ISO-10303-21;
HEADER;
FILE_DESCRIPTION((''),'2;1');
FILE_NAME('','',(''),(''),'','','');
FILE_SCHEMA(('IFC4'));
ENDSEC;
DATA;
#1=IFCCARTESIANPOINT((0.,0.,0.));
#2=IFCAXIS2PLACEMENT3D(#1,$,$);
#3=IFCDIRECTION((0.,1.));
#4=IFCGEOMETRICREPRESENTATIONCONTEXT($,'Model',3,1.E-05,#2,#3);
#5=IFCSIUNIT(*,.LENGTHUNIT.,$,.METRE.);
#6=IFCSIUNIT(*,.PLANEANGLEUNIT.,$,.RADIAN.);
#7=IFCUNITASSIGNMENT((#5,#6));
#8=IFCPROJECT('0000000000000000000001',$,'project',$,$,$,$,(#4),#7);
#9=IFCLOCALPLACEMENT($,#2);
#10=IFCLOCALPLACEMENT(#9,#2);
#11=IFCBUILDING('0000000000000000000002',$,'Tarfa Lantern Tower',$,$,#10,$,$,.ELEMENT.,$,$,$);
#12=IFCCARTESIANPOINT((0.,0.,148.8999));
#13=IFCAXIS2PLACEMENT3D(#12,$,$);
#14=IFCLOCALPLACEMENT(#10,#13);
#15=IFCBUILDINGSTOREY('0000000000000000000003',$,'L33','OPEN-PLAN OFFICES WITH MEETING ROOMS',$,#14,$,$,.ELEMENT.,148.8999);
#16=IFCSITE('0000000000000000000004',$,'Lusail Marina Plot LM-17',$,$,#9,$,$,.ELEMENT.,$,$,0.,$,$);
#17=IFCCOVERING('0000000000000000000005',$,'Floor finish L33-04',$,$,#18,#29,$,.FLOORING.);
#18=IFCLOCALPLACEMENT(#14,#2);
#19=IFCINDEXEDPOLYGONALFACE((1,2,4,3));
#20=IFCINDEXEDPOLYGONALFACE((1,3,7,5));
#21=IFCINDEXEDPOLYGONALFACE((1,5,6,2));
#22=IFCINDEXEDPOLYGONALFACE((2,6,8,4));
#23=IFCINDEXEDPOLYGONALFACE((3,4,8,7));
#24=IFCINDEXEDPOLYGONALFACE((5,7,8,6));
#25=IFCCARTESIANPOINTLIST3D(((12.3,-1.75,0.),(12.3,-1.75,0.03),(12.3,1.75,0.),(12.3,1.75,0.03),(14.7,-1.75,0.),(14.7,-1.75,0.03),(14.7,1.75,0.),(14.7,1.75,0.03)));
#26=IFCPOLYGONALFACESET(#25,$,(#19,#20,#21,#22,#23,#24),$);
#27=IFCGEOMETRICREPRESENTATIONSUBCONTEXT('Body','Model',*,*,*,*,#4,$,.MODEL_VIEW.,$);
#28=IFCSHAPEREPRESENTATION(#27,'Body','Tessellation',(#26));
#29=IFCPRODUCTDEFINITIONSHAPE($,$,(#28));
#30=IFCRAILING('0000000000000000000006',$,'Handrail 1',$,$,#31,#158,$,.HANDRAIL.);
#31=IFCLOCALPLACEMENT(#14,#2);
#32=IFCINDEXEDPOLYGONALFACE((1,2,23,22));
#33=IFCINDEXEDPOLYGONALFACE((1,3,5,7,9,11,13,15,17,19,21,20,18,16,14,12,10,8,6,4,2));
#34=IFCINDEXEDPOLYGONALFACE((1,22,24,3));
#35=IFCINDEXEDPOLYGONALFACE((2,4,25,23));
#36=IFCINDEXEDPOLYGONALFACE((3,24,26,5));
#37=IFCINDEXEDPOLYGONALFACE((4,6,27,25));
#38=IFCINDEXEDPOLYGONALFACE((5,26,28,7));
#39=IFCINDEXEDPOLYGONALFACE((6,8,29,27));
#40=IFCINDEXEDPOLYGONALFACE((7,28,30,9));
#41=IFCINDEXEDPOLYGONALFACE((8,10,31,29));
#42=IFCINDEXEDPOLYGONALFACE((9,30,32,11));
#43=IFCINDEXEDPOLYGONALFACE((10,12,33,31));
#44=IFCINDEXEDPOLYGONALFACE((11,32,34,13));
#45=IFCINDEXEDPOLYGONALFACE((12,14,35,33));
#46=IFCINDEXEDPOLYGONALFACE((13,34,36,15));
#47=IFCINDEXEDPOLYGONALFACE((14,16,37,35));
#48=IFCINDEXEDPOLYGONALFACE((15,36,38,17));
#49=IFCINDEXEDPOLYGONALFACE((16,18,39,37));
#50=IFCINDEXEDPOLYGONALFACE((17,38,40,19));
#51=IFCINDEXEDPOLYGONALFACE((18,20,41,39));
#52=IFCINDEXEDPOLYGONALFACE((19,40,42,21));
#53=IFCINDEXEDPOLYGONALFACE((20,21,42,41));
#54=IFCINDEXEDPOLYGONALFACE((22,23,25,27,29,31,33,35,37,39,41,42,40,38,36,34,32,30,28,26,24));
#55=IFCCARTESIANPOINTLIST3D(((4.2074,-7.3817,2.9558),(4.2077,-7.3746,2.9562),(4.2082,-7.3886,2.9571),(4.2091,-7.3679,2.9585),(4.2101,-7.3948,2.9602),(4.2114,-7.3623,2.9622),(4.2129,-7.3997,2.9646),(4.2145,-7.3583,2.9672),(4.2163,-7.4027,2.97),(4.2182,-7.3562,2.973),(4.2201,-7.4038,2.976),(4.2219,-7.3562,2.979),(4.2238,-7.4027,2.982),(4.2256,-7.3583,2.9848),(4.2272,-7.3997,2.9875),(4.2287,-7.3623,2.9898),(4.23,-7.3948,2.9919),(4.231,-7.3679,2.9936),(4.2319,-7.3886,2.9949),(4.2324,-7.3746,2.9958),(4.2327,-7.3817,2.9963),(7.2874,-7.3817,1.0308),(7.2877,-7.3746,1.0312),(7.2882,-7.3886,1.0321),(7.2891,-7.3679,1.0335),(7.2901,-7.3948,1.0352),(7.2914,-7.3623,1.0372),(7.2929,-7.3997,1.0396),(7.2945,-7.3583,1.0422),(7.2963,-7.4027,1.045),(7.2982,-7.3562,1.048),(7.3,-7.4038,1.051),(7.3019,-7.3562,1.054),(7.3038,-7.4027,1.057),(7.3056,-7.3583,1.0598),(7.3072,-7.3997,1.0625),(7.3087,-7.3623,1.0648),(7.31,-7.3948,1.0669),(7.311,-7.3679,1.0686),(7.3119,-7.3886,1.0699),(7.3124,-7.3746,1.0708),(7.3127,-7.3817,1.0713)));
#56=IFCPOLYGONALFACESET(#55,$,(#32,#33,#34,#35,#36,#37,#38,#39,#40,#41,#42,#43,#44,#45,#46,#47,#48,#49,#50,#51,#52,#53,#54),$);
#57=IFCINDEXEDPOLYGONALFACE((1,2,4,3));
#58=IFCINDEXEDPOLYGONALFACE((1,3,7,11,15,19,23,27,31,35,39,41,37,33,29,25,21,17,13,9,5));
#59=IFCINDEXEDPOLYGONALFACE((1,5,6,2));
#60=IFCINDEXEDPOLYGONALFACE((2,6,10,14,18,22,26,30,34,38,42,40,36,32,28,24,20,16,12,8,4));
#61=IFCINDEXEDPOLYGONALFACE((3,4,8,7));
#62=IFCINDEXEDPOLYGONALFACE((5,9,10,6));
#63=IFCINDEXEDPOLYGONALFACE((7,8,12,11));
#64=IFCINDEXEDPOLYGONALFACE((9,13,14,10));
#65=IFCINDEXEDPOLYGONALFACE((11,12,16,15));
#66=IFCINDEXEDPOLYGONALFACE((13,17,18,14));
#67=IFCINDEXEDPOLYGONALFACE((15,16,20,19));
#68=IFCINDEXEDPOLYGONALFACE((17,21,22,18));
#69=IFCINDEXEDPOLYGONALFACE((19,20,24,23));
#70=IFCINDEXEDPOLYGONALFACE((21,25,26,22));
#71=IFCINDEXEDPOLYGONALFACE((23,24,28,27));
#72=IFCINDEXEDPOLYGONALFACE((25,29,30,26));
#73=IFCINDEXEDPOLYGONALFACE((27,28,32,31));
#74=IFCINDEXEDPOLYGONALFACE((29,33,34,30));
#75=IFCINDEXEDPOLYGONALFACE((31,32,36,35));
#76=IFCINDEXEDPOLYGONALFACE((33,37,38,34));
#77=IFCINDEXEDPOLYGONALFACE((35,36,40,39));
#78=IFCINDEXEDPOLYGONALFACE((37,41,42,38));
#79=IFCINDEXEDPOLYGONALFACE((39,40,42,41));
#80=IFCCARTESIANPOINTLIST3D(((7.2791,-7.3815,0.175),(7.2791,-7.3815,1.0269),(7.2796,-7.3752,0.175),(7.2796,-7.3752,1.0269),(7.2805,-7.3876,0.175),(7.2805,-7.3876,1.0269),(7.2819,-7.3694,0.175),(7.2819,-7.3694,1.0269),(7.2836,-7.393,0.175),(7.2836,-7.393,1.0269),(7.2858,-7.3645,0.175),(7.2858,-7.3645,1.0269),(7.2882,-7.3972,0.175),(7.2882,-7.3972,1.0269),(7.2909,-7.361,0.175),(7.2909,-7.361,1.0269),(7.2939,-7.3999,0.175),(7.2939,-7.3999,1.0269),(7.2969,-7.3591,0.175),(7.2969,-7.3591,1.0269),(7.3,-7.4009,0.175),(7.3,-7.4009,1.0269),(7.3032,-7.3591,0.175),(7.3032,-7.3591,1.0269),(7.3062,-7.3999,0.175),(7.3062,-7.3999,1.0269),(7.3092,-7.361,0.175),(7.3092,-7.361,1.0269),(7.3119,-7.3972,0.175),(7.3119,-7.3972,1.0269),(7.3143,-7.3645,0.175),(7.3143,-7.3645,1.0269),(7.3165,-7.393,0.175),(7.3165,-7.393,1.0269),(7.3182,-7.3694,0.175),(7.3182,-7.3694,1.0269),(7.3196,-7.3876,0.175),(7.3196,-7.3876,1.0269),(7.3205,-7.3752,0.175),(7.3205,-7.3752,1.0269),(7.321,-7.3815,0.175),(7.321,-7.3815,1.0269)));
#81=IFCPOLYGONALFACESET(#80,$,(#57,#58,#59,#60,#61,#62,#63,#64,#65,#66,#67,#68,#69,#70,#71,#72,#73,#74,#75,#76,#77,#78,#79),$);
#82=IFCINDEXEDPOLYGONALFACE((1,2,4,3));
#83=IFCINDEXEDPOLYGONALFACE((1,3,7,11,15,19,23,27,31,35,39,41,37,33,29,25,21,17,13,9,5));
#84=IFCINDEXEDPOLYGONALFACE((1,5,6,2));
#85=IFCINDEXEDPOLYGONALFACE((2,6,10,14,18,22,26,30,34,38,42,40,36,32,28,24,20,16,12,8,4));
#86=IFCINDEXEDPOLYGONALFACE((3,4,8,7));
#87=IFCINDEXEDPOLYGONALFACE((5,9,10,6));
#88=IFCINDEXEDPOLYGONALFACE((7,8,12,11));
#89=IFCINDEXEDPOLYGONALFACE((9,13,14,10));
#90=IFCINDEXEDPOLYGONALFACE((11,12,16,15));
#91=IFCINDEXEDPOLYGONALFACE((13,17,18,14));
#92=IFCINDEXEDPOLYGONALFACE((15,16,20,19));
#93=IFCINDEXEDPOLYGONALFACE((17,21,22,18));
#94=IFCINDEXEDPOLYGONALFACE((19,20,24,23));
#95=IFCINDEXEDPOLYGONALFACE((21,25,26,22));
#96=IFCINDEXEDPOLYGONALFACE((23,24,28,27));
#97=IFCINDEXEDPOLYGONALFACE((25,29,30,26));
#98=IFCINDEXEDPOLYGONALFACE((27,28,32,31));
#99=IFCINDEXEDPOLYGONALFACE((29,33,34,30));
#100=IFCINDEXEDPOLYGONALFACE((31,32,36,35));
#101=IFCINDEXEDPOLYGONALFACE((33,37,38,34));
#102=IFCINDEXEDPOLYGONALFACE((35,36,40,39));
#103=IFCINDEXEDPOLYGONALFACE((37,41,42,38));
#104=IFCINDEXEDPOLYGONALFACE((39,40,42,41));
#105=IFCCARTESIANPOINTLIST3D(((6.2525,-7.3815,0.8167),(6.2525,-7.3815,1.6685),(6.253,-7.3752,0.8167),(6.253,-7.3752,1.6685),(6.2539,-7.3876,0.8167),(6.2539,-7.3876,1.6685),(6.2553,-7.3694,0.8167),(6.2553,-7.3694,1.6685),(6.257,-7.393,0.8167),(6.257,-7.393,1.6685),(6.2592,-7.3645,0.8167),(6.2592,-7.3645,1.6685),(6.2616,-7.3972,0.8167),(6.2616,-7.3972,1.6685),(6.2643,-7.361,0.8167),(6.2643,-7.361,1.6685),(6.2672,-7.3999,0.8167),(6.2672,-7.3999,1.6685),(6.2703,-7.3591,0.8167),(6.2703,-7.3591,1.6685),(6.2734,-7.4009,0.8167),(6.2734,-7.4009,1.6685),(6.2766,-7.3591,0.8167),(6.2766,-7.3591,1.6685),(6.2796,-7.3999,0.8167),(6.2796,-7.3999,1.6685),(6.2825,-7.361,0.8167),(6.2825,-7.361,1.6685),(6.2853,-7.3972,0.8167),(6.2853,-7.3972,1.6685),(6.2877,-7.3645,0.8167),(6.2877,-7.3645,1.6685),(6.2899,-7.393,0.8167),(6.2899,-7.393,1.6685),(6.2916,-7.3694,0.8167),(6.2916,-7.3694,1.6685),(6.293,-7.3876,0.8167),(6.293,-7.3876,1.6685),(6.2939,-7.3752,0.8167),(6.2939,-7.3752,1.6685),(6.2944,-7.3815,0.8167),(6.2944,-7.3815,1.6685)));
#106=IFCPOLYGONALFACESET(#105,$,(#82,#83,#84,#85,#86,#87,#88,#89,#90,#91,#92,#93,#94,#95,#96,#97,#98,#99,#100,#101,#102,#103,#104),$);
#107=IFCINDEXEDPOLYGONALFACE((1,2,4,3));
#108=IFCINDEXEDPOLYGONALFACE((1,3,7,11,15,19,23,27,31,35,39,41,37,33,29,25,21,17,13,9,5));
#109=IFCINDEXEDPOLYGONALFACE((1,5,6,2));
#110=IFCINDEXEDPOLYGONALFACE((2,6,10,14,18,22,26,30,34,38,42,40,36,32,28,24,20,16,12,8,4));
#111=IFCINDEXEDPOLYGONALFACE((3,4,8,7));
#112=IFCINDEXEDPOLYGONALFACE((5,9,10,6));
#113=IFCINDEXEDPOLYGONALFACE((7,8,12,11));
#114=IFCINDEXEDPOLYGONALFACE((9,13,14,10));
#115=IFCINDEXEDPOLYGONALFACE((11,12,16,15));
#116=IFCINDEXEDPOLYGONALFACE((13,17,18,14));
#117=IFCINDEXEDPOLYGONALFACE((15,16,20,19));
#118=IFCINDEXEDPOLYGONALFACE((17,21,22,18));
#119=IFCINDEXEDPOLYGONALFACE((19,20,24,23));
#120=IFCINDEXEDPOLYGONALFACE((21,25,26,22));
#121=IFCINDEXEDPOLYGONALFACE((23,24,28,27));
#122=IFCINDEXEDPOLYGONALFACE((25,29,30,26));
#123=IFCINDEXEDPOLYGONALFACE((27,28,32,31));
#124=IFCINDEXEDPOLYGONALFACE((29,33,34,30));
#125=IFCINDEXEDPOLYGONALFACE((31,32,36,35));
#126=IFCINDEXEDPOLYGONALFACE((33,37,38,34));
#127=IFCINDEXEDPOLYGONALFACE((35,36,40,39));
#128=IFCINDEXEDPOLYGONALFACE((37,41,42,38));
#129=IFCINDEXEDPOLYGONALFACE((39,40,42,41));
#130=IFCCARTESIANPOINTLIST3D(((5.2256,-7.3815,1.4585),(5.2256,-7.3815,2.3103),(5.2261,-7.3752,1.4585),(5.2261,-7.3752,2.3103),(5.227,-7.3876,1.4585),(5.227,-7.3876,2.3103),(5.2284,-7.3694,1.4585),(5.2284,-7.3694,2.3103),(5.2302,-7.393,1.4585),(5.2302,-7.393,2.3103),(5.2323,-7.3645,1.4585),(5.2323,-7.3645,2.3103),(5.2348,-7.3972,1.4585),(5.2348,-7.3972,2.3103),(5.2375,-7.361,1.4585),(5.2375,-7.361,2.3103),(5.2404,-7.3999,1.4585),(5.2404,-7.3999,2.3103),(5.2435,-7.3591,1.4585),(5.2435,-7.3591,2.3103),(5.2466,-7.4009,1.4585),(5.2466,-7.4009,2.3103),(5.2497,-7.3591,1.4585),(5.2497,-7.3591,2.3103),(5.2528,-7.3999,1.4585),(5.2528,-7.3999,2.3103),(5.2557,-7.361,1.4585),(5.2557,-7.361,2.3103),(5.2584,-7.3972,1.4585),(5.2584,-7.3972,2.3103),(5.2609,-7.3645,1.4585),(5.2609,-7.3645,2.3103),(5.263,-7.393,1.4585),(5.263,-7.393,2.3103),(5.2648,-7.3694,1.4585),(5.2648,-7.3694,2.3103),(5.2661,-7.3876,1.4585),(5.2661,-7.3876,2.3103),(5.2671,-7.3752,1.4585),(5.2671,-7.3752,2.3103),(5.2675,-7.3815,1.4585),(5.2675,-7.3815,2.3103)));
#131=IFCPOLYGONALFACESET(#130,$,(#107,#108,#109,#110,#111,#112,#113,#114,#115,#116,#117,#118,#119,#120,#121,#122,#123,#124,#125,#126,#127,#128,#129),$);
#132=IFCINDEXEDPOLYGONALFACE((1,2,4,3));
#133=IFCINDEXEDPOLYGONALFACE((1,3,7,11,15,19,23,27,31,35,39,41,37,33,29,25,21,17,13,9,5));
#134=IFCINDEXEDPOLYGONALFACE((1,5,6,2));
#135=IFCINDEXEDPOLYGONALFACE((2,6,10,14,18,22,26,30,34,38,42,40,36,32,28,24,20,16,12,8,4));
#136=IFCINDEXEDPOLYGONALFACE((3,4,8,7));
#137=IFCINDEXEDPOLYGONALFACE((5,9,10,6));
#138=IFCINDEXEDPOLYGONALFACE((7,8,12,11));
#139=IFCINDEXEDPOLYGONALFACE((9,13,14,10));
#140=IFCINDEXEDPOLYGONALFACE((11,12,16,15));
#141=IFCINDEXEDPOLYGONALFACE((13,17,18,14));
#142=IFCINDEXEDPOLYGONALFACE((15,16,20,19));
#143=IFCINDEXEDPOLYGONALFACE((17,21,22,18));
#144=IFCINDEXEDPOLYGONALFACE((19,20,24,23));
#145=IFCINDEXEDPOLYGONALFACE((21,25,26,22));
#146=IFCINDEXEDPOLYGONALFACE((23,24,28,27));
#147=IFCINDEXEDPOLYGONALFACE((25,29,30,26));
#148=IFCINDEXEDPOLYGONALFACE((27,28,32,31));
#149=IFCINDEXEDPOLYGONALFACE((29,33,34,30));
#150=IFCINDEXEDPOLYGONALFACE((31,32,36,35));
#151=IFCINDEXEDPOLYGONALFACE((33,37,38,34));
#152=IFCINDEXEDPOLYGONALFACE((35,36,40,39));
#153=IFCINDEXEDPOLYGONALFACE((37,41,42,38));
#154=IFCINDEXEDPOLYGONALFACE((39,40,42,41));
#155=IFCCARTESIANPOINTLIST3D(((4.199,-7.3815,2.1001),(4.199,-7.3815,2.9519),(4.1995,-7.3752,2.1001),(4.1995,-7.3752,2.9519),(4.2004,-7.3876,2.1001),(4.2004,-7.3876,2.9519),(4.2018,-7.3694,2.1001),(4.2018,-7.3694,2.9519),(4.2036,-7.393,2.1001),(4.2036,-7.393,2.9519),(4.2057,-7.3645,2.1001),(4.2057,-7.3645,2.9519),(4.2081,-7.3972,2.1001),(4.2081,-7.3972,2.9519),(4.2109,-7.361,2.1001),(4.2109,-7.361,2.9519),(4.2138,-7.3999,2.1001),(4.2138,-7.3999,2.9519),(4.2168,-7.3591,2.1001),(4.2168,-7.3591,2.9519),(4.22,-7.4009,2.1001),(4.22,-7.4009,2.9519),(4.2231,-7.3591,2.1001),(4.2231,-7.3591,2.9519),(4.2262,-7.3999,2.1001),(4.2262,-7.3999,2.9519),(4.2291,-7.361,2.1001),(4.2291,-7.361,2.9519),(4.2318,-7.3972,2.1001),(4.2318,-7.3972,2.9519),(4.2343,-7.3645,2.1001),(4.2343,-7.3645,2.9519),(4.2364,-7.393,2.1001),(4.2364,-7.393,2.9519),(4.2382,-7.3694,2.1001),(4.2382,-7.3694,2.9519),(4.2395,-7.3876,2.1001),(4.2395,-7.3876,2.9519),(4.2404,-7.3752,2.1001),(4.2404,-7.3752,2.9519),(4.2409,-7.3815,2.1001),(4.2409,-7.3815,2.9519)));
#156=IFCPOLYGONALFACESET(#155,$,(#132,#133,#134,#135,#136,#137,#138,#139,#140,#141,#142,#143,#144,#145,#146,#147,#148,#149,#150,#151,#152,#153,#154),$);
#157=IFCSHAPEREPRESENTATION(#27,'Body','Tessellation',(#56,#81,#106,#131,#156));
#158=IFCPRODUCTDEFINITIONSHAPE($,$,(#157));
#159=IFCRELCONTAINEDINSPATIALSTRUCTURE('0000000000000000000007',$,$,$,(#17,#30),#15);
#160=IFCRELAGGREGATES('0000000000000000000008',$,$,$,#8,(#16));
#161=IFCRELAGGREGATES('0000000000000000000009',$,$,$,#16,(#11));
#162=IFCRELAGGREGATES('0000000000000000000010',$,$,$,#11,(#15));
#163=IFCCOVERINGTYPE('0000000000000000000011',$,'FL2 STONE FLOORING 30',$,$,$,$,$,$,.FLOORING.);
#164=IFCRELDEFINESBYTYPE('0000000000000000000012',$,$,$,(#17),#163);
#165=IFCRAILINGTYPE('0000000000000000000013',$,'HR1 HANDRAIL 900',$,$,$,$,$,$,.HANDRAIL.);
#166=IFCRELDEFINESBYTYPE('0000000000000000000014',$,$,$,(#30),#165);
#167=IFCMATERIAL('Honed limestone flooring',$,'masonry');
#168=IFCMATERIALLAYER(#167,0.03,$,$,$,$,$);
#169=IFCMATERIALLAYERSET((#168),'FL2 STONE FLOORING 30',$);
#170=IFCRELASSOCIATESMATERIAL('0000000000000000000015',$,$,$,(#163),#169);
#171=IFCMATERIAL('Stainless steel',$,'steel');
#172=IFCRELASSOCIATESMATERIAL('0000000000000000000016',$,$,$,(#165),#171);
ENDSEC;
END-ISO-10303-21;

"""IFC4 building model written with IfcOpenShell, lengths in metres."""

from ifc_helpers import new_model, si_unit, direction, frame, origin, origin_2d, place, context, subcontext, project, spatial, polyline, circle, outline, extrude, material, layer, layer_set, type_object, element, save


model = new_model("IFC4")

# Units and contexts
model_context = context("Model", 3, precision=1e-05, world=origin(), true_north=direction((0.0, 1.0)))
body_context = subcontext(model_context, "Body", "Model", "MODEL_VIEW")
ifc_project = project(units=[si_unit("LENGTHUNIT", "METRE"), si_unit("PLANEANGLEUNIT", "RADIAN")], contexts=[model_context])

# Site, building, storey
site_placement = place(None, origin())
site = spatial("IfcSite", under=ifc_project, at=site_placement, Name="Lusail Marina Plot LM-17", CompositionType="ELEMENT", RefElevation=0.0)
building_placement = place(site_placement, origin())
building = spatial("IfcBuilding", under=site, at=building_placement, Name="Tarfa Lantern Tower", CompositionType="ELEMENT")
storey_placement = place(building_placement, frame((0.0, 0.0, 148.8999)))
storey = spatial("IfcBuildingStorey", under=building, at=storey_placement, Name="L33", Description="OPEN-PLAN OFFICES WITH MEETING ROOMS", CompositionType="ELEMENT", Elevation=148.8999)

# Covering
ifc_material_1 = material(Name="Honed limestone flooring", Category="masonry")
ifc_layer_1 = layer(ifc_material_1, 0.03)
ifc_layer_set_1 = layer_set([ifc_layer_1], Name="FL2 STONE FLOORING 30")
covering_type_1 = type_object("IfcCoveringType", Name="FL2 STONE FLOORING 30", PredefinedType="FLOORING", material=ifc_layer_set_1)
covering_1_placement = place(storey_placement, origin())
element("IfcCovering", 1, at=covering_1_placement, inside=storey, type_object=covering_type_1, Name="Floor finish L33-04", PredefinedType="FLOORING", context=body_context, shape_type="SweptSolid", body=[
    extrude(outline(polyline([(12.3, -1.75), (14.7, -1.75), (14.7, 1.75), (12.3, 1.75), (12.3, -1.75)])), origin(), (0.0, 0.0, 1.0), 0.03),
])

# Railing
ifc_material_2 = material(Name="Stainless steel", Category="steel")
railing_type = type_object("IfcRailingType", Name="HR1 HANDRAIL 900", PredefinedType="HANDRAIL", material=ifc_material_2)
railing_1_placement = place(storey_placement, frame((7.3, -7.3799, 0.175)))
element("IfcRailing", 2, at=railing_1_placement, inside=storey, type_object=railing_type, Name="Handrail 1", PredefinedType="HANDRAIL", context=body_context, shape_type="SweptSolid", body=[
    extrude(circle(Radius=0.0239, at=origin_2d()), frame((0.0, 0.0, 0.876), z_axis=(-0.847998, 0.0, 0.529999), x_axis=(0.0, -1.0, 0.0)), (0.0, 0.0, 1.0), 3.6321),
    extrude(circle(Radius=0.021, at=origin_2d()), frame((0.0, 0.0, 0.0), z_axis=(0.0, 0.0, 1.0), x_axis=(0.0, -1.0, 0.0)), (0.0, 0.0, 1.0), 0.8518),
    extrude(circle(Radius=0.021, at=origin_2d()), frame((-1.0266, 0.0, 0.6416), z_axis=(0.0, 0.0, 1.0), x_axis=(0.0, -1.0, 0.0)), (0.0, 0.0, 1.0), 0.8518),
    extrude(circle(Radius=0.021, at=origin_2d()), frame((-2.0535, 0.0, 1.2834), z_axis=(0.0, 0.0, 1.0), x_axis=(0.0, -1.0, 0.0)), (0.0, 0.0, 1.0), 0.8518),
    extrude(circle(Radius=0.021, at=origin_2d()), frame((-3.0801, 0.0, 1.925), z_axis=(0.0, 0.0, 1.0), x_axis=(0.0, -1.0, 0.0)), (0.0, 0.0, 1.0), 0.8518),
])

save(model, "model.ifc")
